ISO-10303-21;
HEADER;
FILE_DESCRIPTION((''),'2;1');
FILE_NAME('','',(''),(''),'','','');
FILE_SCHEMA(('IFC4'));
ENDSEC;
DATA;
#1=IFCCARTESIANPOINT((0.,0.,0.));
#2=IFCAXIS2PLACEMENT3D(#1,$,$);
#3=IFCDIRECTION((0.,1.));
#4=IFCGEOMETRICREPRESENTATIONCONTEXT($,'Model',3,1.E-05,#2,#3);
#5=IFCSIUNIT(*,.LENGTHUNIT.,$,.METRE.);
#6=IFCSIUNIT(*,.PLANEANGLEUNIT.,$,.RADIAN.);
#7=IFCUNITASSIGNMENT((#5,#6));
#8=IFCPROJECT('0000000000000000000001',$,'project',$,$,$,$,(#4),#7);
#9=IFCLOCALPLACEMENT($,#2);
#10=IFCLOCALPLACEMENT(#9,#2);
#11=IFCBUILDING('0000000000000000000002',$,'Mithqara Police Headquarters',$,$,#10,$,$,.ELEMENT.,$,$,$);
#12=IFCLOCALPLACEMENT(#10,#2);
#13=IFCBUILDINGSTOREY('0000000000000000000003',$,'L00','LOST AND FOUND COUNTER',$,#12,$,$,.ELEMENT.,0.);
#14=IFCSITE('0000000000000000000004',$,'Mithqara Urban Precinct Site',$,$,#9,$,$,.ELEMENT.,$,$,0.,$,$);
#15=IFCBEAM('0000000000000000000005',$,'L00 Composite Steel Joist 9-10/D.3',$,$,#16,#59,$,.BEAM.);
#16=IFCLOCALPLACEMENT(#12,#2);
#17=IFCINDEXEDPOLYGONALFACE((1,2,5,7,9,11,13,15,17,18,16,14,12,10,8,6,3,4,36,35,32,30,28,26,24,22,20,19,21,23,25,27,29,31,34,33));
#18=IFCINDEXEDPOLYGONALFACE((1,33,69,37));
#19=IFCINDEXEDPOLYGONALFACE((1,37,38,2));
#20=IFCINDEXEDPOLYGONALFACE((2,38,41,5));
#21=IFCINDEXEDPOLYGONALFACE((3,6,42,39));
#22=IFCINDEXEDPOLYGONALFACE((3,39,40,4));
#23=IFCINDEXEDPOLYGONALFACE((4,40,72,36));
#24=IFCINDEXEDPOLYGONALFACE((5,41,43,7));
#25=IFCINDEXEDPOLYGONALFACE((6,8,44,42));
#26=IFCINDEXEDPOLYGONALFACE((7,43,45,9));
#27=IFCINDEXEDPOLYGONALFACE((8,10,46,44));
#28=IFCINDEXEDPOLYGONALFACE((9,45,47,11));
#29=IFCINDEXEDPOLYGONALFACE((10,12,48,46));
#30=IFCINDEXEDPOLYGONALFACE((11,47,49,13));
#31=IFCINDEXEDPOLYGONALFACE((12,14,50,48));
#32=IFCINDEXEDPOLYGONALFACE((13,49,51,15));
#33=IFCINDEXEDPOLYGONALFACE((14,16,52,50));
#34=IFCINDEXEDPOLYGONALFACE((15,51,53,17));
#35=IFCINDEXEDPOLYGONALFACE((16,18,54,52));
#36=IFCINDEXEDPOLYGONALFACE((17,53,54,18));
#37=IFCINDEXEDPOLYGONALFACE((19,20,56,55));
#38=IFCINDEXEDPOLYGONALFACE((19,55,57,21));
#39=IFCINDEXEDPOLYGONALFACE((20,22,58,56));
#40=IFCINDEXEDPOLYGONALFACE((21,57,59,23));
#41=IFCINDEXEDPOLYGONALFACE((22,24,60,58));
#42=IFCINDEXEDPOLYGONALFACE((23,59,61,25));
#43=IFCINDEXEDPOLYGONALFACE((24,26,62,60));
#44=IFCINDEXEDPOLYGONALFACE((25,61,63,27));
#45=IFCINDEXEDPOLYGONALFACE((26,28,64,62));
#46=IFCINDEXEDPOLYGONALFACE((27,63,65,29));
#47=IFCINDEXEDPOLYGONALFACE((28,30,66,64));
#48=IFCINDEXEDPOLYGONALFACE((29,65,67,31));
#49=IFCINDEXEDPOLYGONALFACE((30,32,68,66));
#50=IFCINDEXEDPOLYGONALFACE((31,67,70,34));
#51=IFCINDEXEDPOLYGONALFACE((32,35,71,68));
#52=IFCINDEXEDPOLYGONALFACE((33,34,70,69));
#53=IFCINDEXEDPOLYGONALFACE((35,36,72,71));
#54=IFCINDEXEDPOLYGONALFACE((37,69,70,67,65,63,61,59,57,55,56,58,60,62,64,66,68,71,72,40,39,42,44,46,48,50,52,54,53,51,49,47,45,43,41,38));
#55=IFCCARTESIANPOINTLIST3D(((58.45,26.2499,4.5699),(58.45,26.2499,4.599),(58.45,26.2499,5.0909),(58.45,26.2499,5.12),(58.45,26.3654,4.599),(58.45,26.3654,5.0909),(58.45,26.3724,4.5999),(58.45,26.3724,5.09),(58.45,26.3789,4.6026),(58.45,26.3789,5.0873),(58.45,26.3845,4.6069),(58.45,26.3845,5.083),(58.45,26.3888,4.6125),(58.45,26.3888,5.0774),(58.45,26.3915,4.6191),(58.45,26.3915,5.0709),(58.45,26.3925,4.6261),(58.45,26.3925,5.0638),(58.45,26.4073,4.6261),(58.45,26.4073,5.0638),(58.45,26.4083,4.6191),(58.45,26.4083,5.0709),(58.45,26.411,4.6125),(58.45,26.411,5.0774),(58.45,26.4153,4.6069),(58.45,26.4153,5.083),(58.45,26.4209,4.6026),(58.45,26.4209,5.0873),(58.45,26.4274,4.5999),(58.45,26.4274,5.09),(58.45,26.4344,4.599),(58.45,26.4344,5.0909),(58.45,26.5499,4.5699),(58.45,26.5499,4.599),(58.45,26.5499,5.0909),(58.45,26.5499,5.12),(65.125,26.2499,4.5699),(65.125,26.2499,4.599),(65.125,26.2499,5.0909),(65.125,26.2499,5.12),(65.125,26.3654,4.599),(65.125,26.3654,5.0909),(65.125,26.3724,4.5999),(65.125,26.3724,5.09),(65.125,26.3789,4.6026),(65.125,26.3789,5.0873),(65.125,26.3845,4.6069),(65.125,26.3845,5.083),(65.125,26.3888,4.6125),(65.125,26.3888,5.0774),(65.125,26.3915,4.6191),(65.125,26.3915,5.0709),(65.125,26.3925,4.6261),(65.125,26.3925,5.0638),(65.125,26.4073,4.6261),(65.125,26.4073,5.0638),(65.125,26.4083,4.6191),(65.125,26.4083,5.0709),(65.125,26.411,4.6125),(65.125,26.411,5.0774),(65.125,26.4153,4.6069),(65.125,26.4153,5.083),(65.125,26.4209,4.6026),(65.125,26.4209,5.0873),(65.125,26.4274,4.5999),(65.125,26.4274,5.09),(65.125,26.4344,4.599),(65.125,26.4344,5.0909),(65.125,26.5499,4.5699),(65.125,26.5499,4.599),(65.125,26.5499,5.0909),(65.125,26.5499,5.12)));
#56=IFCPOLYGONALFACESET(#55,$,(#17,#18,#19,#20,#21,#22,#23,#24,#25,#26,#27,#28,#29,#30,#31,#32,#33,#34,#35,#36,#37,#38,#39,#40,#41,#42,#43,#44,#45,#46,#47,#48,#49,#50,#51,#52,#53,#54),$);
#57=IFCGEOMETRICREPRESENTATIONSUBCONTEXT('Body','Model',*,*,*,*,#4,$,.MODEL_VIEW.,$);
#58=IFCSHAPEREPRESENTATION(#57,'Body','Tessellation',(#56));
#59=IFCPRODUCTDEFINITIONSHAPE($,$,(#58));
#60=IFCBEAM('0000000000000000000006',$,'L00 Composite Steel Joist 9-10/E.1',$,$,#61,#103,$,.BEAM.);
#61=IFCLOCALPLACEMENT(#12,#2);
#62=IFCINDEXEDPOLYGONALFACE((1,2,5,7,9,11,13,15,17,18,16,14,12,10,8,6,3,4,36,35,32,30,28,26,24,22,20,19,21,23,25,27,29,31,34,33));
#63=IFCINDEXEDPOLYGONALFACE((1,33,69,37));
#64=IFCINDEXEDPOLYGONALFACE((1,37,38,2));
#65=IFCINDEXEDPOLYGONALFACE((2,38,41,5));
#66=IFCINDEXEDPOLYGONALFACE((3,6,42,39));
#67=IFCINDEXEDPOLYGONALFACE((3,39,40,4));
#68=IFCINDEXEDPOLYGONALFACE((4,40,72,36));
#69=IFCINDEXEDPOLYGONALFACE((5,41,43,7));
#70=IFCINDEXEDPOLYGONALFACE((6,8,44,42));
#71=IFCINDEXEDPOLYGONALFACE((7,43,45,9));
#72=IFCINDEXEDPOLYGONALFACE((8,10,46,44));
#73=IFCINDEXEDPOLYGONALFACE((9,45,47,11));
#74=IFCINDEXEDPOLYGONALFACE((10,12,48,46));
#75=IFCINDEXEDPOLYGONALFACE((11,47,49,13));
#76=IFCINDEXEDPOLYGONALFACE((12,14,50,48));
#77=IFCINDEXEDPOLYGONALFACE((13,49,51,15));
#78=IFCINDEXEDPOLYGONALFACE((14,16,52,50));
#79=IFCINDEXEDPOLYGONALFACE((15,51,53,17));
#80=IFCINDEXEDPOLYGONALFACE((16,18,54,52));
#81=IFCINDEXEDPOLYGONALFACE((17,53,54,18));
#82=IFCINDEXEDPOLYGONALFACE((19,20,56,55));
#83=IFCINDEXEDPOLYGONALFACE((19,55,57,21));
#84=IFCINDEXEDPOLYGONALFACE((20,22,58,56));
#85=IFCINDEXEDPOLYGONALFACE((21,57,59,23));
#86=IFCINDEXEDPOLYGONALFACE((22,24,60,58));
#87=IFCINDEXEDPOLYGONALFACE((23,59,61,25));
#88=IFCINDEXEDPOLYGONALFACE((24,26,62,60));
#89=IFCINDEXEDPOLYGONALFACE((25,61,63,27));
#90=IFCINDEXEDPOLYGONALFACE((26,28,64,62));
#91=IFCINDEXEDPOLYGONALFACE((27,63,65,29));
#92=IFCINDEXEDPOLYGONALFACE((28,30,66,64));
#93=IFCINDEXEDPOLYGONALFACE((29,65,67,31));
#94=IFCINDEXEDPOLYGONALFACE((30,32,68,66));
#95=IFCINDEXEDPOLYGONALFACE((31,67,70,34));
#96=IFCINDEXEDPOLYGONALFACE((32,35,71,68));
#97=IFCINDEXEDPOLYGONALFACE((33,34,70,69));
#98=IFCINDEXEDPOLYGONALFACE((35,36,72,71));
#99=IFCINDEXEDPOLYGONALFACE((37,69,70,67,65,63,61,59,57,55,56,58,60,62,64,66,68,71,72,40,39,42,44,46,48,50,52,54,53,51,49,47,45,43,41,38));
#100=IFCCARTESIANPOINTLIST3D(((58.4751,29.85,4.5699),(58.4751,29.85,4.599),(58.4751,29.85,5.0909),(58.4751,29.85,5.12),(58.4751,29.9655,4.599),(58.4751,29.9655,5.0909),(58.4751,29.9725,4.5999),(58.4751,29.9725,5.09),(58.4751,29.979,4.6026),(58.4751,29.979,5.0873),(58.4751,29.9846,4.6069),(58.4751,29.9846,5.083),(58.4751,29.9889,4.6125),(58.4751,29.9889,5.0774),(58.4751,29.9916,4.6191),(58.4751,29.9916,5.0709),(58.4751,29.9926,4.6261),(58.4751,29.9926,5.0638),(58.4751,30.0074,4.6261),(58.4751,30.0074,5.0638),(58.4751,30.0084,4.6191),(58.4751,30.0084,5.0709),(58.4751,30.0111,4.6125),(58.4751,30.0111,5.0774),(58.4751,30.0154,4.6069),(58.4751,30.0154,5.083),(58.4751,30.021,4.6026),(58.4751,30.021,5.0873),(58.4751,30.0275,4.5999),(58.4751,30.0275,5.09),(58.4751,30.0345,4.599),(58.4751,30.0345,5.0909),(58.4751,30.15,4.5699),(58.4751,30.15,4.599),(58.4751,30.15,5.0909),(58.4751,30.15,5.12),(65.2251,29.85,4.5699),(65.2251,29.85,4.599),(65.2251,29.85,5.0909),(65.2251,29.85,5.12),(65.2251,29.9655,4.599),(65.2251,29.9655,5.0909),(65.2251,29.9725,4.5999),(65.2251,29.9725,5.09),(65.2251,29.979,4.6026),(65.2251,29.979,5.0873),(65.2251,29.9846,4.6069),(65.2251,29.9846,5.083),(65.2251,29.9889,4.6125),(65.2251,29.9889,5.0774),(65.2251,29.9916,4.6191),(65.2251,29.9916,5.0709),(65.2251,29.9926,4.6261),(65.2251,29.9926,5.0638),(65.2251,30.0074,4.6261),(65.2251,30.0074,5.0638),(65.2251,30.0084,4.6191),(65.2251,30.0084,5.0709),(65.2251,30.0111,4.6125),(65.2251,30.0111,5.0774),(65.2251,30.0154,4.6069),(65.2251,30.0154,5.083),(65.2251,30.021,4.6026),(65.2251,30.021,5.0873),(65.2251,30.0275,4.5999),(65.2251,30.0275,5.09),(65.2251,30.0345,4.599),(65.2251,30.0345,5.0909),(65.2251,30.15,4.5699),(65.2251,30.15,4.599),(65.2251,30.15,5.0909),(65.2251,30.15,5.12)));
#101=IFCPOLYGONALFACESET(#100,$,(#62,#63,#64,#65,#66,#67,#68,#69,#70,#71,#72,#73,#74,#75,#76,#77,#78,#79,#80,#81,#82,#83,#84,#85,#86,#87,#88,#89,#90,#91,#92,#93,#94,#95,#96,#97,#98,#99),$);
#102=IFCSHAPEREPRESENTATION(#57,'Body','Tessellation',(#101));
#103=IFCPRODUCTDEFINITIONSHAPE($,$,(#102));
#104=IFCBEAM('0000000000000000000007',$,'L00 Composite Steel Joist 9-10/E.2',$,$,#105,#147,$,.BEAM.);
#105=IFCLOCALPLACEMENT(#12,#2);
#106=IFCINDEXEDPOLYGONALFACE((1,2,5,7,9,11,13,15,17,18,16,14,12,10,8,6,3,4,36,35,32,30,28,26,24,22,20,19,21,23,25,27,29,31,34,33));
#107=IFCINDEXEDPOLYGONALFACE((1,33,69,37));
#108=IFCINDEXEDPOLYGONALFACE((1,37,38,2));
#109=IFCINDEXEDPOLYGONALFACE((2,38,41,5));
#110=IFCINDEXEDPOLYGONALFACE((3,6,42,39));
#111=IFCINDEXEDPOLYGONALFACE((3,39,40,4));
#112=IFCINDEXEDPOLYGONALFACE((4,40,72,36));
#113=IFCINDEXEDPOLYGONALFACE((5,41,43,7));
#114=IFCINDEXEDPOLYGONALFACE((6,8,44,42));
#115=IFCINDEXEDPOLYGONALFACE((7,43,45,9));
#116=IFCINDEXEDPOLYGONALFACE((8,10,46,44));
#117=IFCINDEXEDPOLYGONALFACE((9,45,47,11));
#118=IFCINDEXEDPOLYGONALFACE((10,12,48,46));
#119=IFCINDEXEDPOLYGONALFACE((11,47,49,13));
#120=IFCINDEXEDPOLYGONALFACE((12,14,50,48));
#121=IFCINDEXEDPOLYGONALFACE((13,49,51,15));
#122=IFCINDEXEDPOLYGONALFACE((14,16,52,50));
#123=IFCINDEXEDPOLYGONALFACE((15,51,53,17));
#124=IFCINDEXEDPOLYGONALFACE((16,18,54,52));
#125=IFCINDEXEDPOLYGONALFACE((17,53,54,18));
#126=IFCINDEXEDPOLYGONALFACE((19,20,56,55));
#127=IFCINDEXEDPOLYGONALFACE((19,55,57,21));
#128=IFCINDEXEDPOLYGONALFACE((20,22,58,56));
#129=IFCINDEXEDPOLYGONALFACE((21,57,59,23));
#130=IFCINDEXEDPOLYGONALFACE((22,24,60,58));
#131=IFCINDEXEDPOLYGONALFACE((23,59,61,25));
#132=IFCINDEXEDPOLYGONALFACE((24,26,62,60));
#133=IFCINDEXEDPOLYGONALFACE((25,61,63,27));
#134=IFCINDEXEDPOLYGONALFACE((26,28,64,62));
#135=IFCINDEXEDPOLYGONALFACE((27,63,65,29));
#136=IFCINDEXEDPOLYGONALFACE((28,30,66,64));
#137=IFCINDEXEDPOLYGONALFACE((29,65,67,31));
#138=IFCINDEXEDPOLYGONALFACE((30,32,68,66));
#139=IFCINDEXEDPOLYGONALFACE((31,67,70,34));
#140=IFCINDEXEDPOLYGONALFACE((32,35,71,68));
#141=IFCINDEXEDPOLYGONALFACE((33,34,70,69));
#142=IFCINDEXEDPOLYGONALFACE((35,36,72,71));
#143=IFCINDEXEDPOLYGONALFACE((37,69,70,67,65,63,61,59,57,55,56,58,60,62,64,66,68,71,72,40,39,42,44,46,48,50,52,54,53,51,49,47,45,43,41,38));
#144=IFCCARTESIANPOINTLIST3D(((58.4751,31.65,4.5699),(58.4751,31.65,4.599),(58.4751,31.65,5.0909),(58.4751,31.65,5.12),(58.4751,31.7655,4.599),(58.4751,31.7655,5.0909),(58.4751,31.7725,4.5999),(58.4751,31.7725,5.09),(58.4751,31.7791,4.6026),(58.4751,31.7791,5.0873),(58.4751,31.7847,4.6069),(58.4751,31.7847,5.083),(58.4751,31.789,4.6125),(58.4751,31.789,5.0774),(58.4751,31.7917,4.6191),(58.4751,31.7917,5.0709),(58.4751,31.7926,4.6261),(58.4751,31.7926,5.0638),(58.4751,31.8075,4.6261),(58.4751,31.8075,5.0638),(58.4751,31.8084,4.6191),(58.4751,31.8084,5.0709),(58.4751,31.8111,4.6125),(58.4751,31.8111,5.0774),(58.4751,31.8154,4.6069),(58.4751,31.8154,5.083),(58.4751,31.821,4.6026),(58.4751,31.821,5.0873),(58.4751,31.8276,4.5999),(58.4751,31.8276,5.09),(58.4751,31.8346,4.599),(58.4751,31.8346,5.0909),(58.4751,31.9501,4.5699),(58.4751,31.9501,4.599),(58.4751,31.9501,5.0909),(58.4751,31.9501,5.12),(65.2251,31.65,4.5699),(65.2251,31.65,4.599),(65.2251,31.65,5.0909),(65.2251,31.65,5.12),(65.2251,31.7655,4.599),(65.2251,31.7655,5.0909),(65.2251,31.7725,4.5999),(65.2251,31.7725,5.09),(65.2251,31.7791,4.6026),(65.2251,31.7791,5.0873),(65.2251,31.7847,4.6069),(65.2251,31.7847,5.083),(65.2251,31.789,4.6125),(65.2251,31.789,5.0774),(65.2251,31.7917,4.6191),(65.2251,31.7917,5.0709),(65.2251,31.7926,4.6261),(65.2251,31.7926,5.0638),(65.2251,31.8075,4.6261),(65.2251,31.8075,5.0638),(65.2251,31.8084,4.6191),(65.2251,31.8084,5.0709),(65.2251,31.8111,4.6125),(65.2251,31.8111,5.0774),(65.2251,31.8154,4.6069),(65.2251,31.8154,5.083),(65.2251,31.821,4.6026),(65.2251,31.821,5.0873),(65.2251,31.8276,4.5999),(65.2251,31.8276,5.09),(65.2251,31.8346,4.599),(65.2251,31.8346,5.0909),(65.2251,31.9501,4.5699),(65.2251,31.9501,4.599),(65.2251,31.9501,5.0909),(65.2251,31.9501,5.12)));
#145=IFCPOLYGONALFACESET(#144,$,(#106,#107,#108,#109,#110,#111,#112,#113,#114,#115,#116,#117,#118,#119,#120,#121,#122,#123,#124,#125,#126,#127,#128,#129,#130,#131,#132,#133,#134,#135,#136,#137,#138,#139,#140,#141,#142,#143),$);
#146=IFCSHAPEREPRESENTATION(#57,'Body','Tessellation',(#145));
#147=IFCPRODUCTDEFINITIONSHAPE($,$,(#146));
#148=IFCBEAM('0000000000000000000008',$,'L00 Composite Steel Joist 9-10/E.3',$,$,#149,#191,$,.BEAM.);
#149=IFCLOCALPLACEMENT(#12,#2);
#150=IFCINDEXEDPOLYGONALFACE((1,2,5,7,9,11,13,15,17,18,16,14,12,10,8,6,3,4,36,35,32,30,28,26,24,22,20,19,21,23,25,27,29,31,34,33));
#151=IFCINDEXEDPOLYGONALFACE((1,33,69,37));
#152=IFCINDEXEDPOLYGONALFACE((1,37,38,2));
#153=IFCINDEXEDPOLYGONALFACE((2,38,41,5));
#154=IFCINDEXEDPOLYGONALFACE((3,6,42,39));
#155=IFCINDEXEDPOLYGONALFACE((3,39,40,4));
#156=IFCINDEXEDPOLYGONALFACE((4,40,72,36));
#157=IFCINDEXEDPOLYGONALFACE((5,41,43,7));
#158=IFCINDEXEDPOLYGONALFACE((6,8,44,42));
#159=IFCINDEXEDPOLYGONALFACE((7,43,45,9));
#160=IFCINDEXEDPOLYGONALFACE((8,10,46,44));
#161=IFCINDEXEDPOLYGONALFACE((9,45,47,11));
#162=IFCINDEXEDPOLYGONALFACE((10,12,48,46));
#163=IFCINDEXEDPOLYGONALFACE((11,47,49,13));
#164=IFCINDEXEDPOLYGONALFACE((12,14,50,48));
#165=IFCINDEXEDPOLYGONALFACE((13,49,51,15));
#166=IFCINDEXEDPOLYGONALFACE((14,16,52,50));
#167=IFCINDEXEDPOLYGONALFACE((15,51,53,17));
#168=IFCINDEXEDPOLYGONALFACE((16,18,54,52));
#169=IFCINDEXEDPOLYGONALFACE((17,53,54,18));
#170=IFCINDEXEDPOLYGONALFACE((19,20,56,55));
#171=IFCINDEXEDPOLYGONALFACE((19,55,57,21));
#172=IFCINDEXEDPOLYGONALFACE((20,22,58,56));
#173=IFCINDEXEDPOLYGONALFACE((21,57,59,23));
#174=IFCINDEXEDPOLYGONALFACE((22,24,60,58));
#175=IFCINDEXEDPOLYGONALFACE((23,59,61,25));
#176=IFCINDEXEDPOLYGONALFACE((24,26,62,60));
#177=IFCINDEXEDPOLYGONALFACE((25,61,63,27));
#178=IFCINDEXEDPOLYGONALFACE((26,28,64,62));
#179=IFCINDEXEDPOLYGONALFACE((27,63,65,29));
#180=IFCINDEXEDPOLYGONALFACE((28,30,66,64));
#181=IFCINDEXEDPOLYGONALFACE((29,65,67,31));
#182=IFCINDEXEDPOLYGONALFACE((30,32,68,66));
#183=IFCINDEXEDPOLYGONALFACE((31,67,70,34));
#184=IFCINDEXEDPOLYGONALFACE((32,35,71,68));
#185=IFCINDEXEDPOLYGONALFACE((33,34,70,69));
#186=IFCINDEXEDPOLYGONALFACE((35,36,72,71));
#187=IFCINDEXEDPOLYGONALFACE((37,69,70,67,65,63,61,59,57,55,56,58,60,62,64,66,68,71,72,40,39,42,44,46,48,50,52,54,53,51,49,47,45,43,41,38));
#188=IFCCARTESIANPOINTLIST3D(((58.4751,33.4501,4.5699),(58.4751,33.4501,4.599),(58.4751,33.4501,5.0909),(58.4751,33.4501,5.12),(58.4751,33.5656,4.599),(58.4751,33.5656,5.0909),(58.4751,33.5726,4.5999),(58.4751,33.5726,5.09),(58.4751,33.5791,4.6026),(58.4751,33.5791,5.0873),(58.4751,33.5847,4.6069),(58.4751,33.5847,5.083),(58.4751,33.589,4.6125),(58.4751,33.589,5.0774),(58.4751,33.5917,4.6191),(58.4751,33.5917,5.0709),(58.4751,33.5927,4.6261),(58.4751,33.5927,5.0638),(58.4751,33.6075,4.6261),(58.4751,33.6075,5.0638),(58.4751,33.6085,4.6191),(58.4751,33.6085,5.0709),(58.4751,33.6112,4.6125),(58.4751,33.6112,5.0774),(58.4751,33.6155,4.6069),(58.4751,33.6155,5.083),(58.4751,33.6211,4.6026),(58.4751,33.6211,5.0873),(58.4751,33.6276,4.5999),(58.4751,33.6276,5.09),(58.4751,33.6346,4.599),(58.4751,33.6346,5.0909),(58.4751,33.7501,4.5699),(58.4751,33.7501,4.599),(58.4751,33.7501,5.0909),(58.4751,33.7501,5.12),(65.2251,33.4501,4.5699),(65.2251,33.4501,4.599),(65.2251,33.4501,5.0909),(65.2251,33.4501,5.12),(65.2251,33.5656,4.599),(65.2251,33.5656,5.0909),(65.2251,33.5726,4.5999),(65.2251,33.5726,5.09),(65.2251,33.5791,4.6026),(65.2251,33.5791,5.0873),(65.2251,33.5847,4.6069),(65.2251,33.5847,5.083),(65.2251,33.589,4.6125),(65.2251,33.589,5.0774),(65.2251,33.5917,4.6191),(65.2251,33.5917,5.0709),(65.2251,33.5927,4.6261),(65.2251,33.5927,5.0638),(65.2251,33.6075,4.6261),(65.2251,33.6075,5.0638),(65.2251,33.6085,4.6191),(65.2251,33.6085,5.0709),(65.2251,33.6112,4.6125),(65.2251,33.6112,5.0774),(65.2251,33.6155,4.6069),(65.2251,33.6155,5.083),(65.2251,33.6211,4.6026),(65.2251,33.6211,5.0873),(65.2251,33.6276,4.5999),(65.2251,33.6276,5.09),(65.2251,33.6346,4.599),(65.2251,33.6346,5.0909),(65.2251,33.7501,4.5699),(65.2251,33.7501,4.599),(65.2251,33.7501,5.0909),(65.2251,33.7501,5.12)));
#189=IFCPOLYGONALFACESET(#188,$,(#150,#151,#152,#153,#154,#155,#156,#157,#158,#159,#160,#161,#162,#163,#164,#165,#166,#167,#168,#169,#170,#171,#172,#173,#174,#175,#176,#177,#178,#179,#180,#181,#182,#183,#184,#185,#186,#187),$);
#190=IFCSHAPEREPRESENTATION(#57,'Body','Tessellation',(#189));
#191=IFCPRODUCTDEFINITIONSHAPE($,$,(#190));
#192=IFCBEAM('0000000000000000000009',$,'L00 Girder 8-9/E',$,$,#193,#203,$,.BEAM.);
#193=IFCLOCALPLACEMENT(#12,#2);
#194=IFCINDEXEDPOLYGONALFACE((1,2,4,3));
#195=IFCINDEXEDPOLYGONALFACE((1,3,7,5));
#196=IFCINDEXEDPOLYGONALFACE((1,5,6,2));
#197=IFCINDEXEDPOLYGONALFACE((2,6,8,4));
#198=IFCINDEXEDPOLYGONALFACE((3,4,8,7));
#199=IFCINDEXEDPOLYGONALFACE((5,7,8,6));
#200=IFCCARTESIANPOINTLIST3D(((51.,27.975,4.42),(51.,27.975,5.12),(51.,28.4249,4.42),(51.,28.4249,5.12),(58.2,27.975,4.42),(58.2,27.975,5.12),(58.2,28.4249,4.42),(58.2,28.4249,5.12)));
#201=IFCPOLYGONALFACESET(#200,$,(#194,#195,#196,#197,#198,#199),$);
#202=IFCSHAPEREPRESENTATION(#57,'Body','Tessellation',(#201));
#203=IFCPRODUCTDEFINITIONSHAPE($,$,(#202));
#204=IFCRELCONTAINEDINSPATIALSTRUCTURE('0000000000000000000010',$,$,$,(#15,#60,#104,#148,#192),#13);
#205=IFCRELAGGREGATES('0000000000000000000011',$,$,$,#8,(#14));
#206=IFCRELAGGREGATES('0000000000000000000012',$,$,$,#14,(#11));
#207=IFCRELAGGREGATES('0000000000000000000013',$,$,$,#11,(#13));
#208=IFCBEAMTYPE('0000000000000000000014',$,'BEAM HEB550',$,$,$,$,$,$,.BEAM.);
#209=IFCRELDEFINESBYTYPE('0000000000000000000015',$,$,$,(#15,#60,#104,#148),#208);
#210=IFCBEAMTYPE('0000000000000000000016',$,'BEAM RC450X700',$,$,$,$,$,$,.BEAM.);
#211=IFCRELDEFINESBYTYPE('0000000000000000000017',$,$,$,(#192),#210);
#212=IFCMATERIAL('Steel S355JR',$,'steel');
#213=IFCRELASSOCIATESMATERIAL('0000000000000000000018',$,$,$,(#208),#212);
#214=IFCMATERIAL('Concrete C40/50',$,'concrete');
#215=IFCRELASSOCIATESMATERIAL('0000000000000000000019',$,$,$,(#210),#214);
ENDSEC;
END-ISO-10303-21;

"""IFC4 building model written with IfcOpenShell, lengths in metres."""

from ifc_helpers import new_model, si_unit, direction, frame, origin, origin_2d, place, context, subcontext, project, spatial, rectangle, i_section, extrude, material, material_profile, profile_set, type_object, element, save


model = new_model("IFC4")

# Units and contexts
model_context = context("Model", 3, precision=1e-05, world=origin(), true_north=direction((0.0, 1.0)))
body_context = subcontext(model_context, "Body", "Model", "MODEL_VIEW")
ifc_project = project(units=[si_unit("LENGTHUNIT", "METRE"), si_unit("PLANEANGLEUNIT", "RADIAN")], contexts=[model_context])

# Site, building, storey
site_placement = place(None, origin())
site = spatial("IfcSite", under=ifc_project, at=site_placement, Name="Mithqara Urban Precinct Site", CompositionType="ELEMENT", RefElevation=0.0)
building_placement = place(site_placement, origin())
building = spatial("IfcBuilding", under=site, at=building_placement, Name="Mithqara Police Headquarters", CompositionType="ELEMENT")
storey_placement = place(building_placement, origin())
storey = spatial("IfcBuildingStorey", under=building, at=storey_placement, Name="L00", Description="LOST AND FOUND COUNTER", CompositionType="ELEMENT", Elevation=0.0)

# Beams
ifc_material_1 = material(Name="Steel S355JR", Category="steel")
ifc_material_profile_1 = material_profile(ifc_material_1, i_section(OverallWidth=0.3, OverallDepth=0.55, WebThickness=0.0149, FlangeThickness=0.0291, FilletRadius=0.0271, at=origin_2d()), Name="HEB 550")
ifc_profile_set_1 = profile_set([ifc_material_profile_1], Name="Steel S355JR")
beam_type_1 = type_object("IfcBeamType", Name="BEAM HEB550", PredefinedType="BEAM", material=ifc_profile_set_1)
for number, where, z_axis, x_axis, name in (
    (1, (58.45, 26.3999, 4.845), (1.0, 0.0, 0.0), (0.0, 1.0, 0.0), "L00 Composite Steel Joist 9-10/D.3"),
):
    element("IfcBeam", number, at=place(storey_placement, frame(where, z_axis=z_axis, x_axis=x_axis)), inside=storey, type_object=beam_type_1, Name=name, PredefinedType="BEAM", context=body_context, shape_type="SweptSolid", body=[
        extrude(i_section(OverallWidth=0.3, OverallDepth=0.55, WebThickness=0.0149, FlangeThickness=0.0291, FilletRadius=0.0271, at=origin_2d()), origin(), (0.0, 0.0, 1.0), 6.675),
    ])
for number, where, z_axis, x_axis, name in (
    (2, (58.4751, 30.0, 4.845), (1.0, 0.0, 0.0), (0.0, 1.0, 0.0), "L00 Composite Steel Joist 9-10/E.1"),
    (3, (58.4751, 31.8, 4.845), (1.0, 0.0, 0.0), (0.0, 1.0, 0.0), "L00 Composite Steel Joist 9-10/E.2"),
    (4, (58.4751, 33.6001, 4.845), (1.0, 0.0, 0.0), (0.0, 1.0, 0.0), "L00 Composite Steel Joist 9-10/E.3"),
):
    element("IfcBeam", number, at=place(storey_placement, frame(where, z_axis=z_axis, x_axis=x_axis)), inside=storey, type_object=beam_type_1, Name=name, PredefinedType="BEAM", context=body_context, shape_type="SweptSolid", body=[
        extrude(i_section(OverallWidth=0.3, OverallDepth=0.55, WebThickness=0.0149, FlangeThickness=0.0291, FilletRadius=0.0271, at=origin_2d()), origin(), (0.0, 0.0, 1.0), 6.75),
    ])
ifc_material_2 = material(Name="Concrete C40/50", Category="concrete")
ifc_material_profile_2 = material_profile(ifc_material_2, rectangle(XDim=0.45, YDim=0.7, at=origin_2d()), Name="RC 450x700")
ifc_profile_set_2 = profile_set([ifc_material_profile_2], Name="Concrete C40/50")
beam_type_2 = type_object("IfcBeamType", Name="BEAM RC450X700", PredefinedType="BEAM", material=ifc_profile_set_2)
beam_1_placement = place(storey_placement, frame((51.0, 28.2, 4.77), z_axis=(1.0, 0.0, 0.0), x_axis=(0.0, 1.0, 0.0)))
element("IfcBeam", 5, at=beam_1_placement, inside=storey, type_object=beam_type_2, Name="L00 Girder 8-9/E", PredefinedType="BEAM", context=body_context, shape_type="SweptSolid", body=[
    extrude(rectangle(XDim=0.45, YDim=0.7, at=origin_2d()), origin(), (0.0, 0.0, 1.0), 7.2),
])

save(model, "model.ifc")
